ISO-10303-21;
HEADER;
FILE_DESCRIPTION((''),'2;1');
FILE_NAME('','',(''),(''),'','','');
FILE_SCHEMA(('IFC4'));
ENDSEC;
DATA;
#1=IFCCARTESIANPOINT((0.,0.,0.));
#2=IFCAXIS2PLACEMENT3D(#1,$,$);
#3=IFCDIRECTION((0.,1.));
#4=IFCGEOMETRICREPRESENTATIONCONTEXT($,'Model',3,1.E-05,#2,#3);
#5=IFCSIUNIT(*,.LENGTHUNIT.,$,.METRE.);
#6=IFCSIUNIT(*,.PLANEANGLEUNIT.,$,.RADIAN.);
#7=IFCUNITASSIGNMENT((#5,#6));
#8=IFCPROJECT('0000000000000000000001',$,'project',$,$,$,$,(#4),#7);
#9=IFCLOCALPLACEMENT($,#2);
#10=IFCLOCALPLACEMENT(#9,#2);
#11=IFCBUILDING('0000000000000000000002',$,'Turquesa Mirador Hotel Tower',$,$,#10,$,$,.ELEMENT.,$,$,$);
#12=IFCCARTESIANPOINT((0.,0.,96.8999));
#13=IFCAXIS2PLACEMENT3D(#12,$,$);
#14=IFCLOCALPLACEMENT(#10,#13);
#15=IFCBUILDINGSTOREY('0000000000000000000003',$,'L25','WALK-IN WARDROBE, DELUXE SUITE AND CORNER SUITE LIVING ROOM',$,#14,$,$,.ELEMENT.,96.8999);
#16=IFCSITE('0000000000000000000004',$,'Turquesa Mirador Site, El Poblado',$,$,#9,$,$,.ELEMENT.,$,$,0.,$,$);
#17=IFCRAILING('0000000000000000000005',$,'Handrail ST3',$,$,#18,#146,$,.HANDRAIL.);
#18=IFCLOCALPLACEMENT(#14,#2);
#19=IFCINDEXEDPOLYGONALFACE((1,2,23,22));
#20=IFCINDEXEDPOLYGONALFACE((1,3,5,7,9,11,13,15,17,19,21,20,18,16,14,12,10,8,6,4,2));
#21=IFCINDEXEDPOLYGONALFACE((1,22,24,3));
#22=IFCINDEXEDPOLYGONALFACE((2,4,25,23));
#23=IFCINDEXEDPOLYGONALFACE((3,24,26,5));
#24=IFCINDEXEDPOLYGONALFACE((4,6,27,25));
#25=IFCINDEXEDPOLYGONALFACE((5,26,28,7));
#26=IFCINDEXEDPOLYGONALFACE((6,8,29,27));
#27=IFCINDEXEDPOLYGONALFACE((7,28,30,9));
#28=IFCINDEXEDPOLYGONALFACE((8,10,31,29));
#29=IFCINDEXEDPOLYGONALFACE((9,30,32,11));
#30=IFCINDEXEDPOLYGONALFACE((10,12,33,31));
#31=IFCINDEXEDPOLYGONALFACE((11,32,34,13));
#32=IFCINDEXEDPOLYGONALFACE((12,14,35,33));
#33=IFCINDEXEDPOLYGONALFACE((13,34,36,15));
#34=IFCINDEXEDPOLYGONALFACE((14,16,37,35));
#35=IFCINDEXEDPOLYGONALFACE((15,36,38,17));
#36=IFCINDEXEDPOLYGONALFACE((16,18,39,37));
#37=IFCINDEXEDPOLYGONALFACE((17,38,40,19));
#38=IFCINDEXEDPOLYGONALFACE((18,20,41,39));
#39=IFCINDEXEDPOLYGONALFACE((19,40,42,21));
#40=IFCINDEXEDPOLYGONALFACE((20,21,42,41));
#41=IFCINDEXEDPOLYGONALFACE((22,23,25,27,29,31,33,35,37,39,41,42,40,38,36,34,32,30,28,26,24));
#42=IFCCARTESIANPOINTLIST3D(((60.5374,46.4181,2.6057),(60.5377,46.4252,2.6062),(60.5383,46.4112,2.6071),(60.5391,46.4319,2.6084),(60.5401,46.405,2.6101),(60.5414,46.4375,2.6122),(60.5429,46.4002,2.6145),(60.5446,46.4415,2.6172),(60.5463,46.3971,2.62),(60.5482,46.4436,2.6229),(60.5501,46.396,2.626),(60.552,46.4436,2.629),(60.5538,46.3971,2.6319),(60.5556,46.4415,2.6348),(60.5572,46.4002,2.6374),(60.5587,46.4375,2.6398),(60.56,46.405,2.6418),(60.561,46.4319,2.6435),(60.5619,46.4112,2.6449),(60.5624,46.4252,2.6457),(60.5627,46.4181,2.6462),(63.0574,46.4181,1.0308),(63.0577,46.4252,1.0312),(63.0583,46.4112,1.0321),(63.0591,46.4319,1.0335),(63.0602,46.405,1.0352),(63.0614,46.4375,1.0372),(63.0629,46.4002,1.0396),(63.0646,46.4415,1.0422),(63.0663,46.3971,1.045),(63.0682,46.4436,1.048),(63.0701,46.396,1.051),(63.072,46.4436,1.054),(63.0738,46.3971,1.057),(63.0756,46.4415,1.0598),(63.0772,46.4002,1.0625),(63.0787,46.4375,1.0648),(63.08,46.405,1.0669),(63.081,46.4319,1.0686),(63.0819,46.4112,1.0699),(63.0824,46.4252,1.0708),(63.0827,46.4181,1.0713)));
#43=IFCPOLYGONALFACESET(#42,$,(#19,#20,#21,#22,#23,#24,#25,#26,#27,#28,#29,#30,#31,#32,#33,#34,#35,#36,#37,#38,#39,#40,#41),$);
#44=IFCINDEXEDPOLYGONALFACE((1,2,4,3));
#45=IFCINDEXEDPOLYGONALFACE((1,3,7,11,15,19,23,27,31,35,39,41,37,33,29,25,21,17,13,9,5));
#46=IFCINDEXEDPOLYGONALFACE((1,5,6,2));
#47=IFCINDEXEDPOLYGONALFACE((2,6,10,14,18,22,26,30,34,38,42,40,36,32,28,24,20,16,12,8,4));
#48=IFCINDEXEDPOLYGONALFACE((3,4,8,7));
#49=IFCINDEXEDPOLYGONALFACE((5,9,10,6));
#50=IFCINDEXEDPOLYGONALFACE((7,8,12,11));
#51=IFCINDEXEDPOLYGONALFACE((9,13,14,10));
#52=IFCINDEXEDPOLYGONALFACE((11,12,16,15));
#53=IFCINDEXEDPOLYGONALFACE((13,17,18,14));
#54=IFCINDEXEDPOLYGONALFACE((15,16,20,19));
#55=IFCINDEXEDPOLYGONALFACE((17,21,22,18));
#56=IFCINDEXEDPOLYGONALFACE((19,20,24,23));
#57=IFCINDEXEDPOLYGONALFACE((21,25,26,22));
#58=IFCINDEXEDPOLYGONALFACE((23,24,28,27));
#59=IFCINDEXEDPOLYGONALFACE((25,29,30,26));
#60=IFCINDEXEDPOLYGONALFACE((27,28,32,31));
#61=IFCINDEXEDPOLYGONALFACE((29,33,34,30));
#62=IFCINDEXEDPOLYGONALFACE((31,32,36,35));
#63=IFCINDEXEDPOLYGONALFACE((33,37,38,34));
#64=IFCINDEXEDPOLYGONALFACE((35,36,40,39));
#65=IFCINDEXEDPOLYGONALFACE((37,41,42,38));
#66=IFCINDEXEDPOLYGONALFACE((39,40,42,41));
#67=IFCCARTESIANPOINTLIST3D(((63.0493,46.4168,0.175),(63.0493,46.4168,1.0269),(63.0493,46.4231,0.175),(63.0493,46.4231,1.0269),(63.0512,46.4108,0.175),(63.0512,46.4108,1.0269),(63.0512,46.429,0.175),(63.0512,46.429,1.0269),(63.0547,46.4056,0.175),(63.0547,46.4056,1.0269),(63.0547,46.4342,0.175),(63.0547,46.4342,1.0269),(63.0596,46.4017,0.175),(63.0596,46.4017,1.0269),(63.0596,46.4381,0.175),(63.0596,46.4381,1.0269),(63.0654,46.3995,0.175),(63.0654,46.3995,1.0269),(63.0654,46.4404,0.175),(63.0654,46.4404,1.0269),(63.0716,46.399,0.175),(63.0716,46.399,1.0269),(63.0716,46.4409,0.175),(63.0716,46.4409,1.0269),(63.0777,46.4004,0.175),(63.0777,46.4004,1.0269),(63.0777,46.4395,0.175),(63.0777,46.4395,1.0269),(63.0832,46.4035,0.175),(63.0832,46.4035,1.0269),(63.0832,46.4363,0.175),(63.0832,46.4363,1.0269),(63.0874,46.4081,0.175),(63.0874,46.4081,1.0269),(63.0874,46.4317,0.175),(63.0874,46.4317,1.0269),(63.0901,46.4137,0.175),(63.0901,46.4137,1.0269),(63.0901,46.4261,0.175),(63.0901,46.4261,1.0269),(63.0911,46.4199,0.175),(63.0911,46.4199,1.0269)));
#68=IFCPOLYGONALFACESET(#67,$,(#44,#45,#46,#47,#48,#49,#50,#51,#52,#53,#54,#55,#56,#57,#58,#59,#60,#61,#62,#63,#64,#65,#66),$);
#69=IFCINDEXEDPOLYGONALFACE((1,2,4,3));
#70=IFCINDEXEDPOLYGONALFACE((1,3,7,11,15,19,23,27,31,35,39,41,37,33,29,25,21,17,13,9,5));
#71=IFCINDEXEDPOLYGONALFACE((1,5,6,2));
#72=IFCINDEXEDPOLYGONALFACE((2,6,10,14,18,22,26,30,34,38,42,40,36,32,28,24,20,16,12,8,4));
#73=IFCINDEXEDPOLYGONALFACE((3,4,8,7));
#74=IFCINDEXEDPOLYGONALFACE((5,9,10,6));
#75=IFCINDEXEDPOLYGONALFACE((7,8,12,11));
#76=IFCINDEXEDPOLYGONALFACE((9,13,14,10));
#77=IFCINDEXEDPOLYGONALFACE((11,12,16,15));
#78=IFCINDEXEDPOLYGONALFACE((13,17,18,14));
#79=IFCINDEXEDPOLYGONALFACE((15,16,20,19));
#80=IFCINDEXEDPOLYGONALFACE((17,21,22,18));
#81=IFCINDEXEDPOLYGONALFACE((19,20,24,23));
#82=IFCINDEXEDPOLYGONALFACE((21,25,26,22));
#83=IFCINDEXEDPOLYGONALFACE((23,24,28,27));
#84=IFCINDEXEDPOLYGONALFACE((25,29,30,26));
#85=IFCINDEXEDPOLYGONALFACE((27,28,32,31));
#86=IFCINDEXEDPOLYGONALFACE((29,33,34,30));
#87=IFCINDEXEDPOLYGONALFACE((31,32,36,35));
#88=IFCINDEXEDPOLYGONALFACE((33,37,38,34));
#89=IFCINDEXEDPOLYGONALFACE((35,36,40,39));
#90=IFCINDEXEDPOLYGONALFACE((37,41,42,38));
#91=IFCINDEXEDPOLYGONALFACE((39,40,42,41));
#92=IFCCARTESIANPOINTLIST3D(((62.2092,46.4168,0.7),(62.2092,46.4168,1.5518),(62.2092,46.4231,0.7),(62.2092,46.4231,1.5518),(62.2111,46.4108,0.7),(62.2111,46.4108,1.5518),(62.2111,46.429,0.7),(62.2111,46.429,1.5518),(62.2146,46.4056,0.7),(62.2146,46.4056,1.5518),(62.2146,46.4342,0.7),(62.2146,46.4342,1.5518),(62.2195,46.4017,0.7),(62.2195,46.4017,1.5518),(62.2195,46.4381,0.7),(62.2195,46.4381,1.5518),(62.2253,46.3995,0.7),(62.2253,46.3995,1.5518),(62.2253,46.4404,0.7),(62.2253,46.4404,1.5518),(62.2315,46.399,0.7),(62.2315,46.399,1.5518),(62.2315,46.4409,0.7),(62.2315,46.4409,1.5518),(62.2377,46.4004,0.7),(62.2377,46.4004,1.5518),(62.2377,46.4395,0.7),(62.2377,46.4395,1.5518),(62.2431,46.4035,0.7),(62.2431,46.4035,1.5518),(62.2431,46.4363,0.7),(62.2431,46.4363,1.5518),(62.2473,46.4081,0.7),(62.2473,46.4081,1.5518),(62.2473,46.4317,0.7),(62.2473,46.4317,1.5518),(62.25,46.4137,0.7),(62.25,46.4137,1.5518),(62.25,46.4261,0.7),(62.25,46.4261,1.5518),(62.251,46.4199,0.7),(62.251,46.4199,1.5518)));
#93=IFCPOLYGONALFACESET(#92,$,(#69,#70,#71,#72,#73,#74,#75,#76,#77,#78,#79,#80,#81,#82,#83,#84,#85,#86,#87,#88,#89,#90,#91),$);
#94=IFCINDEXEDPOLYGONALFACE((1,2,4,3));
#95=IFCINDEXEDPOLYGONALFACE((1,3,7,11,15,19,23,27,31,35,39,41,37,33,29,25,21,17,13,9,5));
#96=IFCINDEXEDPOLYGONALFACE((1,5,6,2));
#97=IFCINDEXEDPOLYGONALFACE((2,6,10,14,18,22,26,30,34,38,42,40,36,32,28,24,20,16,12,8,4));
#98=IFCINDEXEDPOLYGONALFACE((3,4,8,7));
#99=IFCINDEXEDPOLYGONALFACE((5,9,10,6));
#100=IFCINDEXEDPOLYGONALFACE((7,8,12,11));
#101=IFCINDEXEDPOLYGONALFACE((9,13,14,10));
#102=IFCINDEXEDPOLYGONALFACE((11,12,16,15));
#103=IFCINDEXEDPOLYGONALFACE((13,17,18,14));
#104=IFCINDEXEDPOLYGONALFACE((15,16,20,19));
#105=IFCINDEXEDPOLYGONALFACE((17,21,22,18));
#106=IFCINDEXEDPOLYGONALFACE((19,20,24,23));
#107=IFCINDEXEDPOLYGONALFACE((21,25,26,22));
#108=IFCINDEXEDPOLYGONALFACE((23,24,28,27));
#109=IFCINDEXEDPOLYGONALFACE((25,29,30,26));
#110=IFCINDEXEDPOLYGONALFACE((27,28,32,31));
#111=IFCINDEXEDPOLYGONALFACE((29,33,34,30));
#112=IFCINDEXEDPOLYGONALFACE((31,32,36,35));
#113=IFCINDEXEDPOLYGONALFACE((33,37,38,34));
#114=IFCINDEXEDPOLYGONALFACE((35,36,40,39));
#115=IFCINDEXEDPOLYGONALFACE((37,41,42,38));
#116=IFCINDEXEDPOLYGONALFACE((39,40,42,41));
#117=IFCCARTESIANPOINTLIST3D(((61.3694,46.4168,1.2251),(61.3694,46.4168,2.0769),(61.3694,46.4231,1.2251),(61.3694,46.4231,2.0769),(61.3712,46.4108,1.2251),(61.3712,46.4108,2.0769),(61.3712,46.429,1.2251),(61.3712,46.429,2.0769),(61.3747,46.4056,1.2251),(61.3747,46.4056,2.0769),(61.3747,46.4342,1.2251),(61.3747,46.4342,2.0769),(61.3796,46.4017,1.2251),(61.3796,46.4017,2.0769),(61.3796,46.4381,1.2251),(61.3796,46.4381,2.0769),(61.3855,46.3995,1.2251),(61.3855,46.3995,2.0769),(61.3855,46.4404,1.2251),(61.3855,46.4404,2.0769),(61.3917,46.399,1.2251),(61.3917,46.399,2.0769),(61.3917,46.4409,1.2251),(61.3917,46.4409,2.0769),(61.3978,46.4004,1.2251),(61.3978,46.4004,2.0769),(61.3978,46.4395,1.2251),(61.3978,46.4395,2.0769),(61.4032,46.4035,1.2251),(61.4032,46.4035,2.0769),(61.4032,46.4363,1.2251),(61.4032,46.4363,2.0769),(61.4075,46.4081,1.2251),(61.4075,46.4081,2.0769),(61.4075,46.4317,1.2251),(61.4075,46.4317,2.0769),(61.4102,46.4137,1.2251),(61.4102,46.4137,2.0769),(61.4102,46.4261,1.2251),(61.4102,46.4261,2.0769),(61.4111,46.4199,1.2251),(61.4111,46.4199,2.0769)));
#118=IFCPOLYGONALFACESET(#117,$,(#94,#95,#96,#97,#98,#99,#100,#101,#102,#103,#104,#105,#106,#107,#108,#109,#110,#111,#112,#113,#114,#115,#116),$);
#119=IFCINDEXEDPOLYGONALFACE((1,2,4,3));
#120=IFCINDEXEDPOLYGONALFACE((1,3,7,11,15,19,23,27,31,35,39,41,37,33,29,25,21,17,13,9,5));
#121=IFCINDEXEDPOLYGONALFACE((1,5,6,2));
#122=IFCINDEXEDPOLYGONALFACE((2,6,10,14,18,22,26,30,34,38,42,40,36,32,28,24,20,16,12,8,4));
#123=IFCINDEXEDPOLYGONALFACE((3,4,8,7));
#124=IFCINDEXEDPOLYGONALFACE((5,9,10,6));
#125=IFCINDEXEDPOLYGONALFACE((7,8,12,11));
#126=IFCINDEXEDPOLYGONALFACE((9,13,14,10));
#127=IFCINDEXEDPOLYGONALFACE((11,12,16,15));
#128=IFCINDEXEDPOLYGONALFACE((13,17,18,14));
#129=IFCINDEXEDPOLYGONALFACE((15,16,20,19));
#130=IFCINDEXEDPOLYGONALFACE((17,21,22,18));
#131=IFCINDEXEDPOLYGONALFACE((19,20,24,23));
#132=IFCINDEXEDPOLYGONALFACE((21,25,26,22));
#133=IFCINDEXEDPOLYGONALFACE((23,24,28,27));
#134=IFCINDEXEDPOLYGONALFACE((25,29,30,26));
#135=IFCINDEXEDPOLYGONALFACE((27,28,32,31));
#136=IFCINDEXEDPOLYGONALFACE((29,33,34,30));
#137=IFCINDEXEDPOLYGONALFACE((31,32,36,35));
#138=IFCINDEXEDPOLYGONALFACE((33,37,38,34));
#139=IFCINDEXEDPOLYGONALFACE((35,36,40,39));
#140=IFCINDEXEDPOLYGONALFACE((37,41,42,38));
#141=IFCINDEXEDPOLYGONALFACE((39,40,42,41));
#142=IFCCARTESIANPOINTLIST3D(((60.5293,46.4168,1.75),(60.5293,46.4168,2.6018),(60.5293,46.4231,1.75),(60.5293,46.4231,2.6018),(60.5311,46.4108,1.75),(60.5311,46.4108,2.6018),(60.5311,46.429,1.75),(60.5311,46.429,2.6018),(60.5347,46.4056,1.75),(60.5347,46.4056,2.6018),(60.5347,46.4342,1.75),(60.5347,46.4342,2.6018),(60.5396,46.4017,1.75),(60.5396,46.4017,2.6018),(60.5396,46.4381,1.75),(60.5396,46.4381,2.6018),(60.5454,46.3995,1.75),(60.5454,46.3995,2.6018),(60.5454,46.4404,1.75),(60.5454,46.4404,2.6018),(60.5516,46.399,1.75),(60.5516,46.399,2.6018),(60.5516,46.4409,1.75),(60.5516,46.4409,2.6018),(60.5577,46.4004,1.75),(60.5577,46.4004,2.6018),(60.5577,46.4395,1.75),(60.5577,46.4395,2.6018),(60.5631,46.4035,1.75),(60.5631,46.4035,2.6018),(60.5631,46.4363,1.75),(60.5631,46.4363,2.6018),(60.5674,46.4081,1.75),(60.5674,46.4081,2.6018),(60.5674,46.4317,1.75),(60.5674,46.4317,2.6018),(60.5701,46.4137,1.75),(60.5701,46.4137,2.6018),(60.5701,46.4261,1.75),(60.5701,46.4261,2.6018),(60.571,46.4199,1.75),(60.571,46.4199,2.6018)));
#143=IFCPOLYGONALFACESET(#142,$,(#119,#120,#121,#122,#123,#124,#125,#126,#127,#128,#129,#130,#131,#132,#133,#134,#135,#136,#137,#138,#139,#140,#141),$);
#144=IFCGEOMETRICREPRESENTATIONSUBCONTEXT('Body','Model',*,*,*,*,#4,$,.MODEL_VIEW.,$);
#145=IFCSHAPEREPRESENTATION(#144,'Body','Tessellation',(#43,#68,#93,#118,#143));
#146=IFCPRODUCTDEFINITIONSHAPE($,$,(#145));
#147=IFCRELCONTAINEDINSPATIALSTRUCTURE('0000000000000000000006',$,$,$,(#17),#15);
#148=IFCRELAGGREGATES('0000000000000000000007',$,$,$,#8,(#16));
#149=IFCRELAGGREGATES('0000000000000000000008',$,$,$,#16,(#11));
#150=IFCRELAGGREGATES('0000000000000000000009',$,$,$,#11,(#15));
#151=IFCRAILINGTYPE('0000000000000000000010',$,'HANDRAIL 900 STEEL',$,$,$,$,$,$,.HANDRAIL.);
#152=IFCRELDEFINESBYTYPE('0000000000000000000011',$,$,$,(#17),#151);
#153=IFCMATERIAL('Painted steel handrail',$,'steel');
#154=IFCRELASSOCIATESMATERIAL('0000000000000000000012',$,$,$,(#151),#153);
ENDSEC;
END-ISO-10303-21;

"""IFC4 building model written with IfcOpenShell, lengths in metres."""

from ifc_helpers import new_model, si_unit, direction, frame, origin, origin_2d, place, context, subcontext, project, spatial, circle, extrude, material, type_object, element, save


model = new_model("IFC4")

# Units and contexts
model_context = context("Model", 3, precision=1e-05, world=origin(), true_north=direction((0.0, 1.0)))
body_context = subcontext(model_context, "Body", "Model", "MODEL_VIEW")
ifc_project = project(units=[si_unit("LENGTHUNIT", "METRE"), si_unit("PLANEANGLEUNIT", "RADIAN")], contexts=[model_context])

# Site, building, storey
site_placement = place(None, origin())
site = spatial("IfcSite", under=ifc_project, at=site_placement, Name="Turquesa Mirador Site, El Poblado", CompositionType="ELEMENT", RefElevation=0.0)
building_placement = place(site_placement, origin())
building = spatial("IfcBuilding", under=site, at=building_placement, Name="Turquesa Mirador Hotel Tower", CompositionType="ELEMENT")
storey_placement = place(building_placement, frame((0.0, 0.0, 96.8999)))
storey = spatial("IfcBuildingStorey", under=building, at=storey_placement, Name="L25", Description="WALK-IN WARDROBE, DELUXE SUITE AND CORNER SUITE LIVING ROOM", CompositionType="ELEMENT", Elevation=96.8999)

# Railing
ifc_material_1 = material(Name="Painted steel handrail", Category="steel")
railing_type = type_object("IfcRailingType", Name="HANDRAIL 900 STEEL", PredefinedType="HANDRAIL", material=ifc_material_1)
railing_1_placement = place(storey_placement, frame((63.0701, 46.4199, 0.175)))
element("IfcRailing", 1, at=railing_1_placement, inside=storey, type_object=railing_type, Name="Handrail ST3", PredefinedType="HANDRAIL", context=body_context, shape_type="SweptSolid", body=[
    extrude(circle(Radius=0.0239, at=origin_2d()), frame((0.0, 0.0, 0.876), z_axis=(-0.848008, 0.0, 0.529984), x_axis=(0.0, -1.0, 0.0)), (0.0, 0.0, 1.0), 2.9717),
    extrude(circle(Radius=0.021, at=origin_2d()), origin(), (0.0, 0.0, 1.0), 0.8518),
    extrude(circle(Radius=0.021, at=origin_2d()), frame((-0.8401, 0.0, 0.5249)), (0.0, 0.0, 1.0), 0.8518),
    extrude(circle(Radius=0.021, at=origin_2d()), frame((-1.6799, 0.0, 1.05)), (0.0, 0.0, 1.0), 0.8518),
    extrude(circle(Radius=0.021, at=origin_2d()), frame((-2.52, 0.0, 1.575)), (0.0, 0.0, 1.0), 0.8518),
])

save(model, "model.ifc")
